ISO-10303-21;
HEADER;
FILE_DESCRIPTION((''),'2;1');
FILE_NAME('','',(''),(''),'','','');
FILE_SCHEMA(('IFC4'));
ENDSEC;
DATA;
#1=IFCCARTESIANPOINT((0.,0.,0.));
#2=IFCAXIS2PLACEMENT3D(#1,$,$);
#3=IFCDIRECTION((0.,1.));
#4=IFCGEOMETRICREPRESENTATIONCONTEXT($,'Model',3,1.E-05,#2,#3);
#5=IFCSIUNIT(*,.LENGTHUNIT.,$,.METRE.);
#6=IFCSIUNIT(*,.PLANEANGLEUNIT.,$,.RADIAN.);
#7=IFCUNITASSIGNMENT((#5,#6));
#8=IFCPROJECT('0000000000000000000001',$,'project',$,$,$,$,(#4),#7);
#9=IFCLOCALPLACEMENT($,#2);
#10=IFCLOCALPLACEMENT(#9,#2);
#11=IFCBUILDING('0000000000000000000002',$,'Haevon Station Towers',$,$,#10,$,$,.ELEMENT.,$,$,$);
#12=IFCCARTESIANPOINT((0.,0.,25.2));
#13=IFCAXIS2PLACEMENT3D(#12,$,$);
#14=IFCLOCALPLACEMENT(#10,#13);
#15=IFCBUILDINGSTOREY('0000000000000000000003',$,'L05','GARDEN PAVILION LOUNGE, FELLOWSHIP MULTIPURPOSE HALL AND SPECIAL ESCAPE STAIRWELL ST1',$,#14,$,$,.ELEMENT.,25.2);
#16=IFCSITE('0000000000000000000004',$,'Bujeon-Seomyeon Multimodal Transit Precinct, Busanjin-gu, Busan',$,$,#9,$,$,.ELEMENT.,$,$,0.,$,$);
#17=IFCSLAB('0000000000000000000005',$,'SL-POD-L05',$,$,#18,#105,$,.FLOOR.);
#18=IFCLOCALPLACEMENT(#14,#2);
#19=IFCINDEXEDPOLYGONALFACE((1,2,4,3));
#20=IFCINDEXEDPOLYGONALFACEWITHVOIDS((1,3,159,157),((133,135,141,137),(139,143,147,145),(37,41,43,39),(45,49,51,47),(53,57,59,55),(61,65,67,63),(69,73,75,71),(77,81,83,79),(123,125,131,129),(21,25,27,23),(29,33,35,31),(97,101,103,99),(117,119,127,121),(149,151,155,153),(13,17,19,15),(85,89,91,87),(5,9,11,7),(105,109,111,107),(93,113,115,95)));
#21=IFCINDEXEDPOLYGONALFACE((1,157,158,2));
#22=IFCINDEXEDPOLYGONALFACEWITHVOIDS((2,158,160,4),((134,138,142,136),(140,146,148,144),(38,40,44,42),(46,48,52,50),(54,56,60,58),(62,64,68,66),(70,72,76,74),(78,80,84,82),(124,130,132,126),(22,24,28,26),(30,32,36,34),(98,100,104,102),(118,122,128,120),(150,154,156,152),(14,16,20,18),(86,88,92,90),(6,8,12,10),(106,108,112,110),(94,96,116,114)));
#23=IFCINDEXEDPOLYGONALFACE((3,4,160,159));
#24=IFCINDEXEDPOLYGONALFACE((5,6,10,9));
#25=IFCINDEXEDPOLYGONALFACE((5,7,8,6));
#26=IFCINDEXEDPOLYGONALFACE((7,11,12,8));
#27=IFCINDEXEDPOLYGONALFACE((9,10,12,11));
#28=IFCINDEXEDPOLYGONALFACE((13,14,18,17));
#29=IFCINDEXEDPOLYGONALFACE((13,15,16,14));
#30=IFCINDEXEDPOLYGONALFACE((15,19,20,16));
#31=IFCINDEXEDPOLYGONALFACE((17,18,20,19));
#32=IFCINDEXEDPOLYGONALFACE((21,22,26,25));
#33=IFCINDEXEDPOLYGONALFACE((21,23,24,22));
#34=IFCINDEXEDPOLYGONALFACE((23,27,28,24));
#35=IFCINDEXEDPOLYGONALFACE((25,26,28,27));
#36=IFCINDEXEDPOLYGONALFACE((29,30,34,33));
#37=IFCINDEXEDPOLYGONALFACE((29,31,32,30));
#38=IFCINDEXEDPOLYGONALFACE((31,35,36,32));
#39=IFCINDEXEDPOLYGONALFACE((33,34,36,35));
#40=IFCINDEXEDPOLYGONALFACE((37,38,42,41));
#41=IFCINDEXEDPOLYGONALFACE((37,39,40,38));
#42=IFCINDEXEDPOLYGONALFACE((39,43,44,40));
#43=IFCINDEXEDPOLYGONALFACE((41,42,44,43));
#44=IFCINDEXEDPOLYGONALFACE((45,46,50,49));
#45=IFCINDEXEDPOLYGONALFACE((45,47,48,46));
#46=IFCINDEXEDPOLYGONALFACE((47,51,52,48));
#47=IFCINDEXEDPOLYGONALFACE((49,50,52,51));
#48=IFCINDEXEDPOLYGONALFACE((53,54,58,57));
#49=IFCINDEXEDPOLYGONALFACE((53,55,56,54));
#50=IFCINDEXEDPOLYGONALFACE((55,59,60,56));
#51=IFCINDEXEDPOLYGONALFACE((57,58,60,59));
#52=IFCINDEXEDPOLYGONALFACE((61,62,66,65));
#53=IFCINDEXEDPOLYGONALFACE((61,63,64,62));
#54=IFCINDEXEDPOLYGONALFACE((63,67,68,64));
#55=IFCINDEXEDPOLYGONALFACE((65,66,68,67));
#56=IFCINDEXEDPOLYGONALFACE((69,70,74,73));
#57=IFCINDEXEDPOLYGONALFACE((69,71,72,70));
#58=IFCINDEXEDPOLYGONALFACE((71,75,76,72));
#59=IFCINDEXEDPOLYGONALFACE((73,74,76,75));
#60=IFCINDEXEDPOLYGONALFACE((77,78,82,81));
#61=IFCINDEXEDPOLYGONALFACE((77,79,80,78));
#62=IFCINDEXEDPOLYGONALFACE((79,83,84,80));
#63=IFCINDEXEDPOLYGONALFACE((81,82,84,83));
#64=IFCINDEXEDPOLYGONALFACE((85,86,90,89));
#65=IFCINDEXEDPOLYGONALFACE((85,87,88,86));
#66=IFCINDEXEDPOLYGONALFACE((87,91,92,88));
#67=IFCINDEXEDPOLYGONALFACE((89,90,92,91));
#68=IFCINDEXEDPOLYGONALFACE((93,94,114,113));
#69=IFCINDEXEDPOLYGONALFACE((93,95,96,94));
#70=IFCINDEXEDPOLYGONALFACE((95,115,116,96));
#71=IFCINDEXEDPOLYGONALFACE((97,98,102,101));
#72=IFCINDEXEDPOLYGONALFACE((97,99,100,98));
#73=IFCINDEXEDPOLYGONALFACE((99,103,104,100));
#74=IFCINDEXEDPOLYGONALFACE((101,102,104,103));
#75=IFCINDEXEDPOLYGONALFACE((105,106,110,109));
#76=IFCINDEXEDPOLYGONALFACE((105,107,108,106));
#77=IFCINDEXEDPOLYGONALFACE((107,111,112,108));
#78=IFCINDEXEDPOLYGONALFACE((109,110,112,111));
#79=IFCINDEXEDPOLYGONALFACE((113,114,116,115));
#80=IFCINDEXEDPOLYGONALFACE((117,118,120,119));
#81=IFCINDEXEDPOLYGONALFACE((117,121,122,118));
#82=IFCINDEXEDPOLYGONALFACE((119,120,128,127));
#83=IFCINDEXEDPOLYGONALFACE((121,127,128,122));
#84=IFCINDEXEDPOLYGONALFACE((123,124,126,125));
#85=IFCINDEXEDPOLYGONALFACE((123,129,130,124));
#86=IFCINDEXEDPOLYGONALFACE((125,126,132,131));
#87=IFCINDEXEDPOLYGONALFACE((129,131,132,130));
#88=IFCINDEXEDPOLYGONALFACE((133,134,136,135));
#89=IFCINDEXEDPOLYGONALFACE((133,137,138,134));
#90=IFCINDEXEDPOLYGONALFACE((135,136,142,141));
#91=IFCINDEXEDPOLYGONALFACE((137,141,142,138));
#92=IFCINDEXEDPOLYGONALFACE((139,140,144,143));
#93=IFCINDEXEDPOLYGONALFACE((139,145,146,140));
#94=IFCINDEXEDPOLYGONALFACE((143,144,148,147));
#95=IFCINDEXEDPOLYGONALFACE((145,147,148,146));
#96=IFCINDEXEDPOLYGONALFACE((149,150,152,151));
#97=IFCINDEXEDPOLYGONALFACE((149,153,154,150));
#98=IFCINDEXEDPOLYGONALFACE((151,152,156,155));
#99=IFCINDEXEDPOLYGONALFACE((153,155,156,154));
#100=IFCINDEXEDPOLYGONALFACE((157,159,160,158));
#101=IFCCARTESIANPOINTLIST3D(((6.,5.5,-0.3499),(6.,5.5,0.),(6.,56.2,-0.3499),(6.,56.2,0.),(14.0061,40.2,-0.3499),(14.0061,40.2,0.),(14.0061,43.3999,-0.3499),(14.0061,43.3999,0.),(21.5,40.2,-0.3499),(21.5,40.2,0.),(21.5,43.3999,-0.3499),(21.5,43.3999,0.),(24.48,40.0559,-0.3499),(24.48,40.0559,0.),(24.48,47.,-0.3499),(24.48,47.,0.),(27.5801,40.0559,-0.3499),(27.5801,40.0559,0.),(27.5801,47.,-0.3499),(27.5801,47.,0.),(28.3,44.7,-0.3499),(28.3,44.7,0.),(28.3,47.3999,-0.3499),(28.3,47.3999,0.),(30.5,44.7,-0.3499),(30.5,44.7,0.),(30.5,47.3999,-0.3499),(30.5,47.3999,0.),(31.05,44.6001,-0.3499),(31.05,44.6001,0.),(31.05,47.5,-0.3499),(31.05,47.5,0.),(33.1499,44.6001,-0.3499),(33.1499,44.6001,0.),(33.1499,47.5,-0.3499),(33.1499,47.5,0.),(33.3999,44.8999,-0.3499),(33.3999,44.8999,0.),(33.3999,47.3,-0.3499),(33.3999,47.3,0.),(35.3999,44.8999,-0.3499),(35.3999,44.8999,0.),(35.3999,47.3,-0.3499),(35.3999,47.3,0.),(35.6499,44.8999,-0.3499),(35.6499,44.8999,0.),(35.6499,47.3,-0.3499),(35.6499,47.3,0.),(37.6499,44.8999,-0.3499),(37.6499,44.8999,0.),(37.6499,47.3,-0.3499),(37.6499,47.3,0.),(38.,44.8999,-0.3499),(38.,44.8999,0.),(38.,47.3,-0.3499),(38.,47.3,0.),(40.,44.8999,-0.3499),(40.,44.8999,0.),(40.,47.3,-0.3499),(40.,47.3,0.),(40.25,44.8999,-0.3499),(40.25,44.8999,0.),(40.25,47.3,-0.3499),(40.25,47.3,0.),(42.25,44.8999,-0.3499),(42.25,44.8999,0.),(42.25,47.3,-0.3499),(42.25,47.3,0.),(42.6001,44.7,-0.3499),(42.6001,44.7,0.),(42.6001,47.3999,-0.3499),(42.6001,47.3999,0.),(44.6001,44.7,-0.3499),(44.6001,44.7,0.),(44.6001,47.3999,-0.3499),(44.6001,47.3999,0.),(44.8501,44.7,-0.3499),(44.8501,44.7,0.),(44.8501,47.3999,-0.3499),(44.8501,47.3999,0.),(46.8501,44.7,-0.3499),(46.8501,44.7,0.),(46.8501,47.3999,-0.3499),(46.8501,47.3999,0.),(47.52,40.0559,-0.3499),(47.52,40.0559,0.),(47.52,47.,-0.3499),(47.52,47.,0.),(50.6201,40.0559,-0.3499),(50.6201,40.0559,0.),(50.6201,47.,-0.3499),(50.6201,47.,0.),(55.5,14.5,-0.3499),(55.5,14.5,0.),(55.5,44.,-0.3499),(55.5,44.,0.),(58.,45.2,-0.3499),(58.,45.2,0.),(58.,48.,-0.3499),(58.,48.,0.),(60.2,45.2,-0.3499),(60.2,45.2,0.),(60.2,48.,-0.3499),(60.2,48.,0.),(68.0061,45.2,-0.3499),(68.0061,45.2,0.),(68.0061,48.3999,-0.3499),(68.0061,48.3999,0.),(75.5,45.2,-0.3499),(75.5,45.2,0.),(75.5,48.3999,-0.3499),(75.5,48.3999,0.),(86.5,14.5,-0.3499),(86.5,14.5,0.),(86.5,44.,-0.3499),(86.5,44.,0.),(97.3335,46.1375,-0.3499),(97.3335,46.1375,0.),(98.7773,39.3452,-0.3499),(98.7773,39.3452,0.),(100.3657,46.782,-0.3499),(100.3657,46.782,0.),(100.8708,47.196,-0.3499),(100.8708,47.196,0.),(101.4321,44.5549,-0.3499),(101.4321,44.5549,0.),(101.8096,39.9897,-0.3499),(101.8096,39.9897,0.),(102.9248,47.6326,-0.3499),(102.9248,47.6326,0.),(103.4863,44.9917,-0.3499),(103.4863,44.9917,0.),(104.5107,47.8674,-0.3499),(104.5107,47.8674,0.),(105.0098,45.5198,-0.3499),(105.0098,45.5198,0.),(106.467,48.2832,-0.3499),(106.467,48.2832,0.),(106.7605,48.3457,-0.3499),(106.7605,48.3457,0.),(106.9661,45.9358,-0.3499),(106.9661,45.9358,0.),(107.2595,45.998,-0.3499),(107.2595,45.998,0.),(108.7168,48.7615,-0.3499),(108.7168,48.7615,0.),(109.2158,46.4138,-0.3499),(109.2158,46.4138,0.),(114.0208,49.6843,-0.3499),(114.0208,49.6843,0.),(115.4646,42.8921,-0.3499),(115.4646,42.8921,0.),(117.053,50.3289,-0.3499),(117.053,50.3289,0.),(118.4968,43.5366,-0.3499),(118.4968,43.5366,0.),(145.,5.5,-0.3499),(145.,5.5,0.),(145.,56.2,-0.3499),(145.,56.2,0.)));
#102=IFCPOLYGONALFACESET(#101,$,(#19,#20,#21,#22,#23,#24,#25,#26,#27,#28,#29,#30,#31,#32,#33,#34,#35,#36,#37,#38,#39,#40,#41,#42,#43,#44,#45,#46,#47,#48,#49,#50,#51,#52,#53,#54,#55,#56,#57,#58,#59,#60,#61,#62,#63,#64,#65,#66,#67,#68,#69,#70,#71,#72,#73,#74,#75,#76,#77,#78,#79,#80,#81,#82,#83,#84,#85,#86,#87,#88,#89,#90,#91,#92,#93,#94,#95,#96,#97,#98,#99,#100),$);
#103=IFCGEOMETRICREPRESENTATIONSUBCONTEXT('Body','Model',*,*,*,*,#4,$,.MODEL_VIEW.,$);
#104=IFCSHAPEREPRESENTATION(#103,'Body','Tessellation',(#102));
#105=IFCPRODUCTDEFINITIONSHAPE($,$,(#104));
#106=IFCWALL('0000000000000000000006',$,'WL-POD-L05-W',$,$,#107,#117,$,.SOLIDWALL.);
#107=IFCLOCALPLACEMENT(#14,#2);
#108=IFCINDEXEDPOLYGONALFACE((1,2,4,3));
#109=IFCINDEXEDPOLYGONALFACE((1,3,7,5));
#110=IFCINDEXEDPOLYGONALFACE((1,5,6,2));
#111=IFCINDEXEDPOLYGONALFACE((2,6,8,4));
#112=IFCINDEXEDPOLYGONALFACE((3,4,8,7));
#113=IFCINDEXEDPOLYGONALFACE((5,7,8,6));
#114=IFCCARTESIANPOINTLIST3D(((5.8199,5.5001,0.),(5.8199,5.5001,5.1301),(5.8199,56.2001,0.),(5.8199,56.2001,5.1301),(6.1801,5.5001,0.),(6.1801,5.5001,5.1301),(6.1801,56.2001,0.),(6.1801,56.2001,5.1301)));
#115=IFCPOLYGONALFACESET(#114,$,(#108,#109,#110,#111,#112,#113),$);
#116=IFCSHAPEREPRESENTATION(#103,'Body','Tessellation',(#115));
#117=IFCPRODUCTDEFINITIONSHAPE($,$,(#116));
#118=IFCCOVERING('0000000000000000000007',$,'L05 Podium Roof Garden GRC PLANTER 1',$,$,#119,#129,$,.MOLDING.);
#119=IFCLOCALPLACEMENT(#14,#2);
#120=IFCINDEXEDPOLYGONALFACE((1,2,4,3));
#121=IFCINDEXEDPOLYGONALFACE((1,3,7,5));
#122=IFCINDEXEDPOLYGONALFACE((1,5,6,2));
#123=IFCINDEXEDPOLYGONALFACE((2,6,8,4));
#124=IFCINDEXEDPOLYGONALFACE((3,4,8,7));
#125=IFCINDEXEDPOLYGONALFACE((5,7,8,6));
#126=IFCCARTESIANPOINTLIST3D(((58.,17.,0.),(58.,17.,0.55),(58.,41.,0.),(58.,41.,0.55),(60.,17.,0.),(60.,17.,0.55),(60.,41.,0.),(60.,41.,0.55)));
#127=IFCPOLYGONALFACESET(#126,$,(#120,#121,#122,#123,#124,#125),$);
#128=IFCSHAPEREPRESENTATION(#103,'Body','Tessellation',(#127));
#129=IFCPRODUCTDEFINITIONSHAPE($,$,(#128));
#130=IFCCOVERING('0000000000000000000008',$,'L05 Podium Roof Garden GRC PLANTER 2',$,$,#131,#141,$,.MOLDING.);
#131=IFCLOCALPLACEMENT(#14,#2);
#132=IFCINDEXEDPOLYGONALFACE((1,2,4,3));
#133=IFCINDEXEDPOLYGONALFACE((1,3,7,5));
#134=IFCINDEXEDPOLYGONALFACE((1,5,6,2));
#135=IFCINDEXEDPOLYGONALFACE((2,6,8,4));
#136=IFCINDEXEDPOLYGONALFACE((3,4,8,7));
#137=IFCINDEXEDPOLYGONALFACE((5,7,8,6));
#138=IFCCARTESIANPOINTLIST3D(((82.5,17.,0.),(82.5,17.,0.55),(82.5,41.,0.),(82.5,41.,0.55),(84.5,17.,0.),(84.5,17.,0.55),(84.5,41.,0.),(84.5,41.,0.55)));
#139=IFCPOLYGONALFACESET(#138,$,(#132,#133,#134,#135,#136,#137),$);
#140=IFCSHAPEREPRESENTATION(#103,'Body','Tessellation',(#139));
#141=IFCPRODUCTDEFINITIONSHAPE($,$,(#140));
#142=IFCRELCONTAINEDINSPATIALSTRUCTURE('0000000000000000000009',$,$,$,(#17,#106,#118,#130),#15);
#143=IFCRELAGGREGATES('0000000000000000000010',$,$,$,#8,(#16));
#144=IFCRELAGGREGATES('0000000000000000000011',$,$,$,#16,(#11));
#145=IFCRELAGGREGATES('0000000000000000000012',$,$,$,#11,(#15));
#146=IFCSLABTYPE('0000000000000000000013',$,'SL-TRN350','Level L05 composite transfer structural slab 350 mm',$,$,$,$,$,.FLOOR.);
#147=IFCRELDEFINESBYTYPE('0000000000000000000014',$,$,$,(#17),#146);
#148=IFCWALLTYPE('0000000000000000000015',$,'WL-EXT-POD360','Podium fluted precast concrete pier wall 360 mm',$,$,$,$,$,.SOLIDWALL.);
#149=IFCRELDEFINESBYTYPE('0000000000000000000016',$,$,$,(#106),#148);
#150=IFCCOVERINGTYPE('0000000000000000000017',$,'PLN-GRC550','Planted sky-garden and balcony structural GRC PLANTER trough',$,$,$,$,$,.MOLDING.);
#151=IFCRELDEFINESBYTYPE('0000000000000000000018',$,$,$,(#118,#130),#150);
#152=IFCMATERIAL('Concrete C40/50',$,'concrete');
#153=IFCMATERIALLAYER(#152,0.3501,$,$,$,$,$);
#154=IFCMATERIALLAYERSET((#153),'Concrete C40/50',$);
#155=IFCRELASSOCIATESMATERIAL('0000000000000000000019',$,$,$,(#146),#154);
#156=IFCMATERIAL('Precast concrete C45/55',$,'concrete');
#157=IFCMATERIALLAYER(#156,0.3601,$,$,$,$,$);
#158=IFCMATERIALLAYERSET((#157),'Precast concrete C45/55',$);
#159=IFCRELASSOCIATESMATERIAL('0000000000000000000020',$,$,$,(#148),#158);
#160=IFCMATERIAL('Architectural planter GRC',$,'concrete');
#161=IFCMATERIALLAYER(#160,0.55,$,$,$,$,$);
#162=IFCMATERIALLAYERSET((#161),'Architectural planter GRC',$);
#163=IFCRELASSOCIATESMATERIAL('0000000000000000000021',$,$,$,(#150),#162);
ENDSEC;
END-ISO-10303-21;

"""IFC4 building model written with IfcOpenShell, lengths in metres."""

from ifc_helpers import new_model, si_unit, direction, frame, frame_2d, origin, place, context, subcontext, project, spatial, polyline, rectangle, outline, extrude, material, layer, layer_set, type_object, element, save


model = new_model("IFC4")

# Units and contexts
model_context = context("Model", 3, precision=1e-05, world=origin(), true_north=direction((0.0, 1.0)))
body_context = subcontext(model_context, "Body", "Model", "MODEL_VIEW")
ifc_project = project(units=[si_unit("LENGTHUNIT", "METRE"), si_unit("PLANEANGLEUNIT", "RADIAN")], contexts=[model_context])

# Site, building, storey
site_placement = place(None, origin())
site = spatial("IfcSite", under=ifc_project, at=site_placement, Name="Bujeon-Seomyeon Multimodal Transit Precinct, Busanjin-gu, Busan", CompositionType="ELEMENT", RefElevation=0.0)
building_placement = place(site_placement, origin())
building = spatial("IfcBuilding", under=site, at=building_placement, Name="Haevon Station Towers", CompositionType="ELEMENT")
storey_placement = place(building_placement, frame((0.0, 0.0, 25.2)))
storey = spatial("IfcBuildingStorey", under=building, at=storey_placement, Name="L05", Description="GARDEN PAVILION LOUNGE, FELLOWSHIP MULTIPURPOSE HALL AND SPECIAL ESCAPE STAIRWELL ST1", CompositionType="ELEMENT", Elevation=25.2)

# Shared definitions
ifc_material_1 = material(Name="Concrete C40/50", Category="concrete")

# Slab
ifc_layer_1 = layer(ifc_material_1, 0.3501)
ifc_layer_set_1 = layer_set([ifc_layer_1], Name="Concrete C40/50")
slab_type_1 = type_object("IfcSlabType", Name="SL-TRN350", Description="Level L05 composite transfer structural slab 350 mm", PredefinedType="FLOOR", material=ifc_layer_set_1)
slab_1_placement = place(storey_placement, frame((0.0, 0.0, -0.3499)))
element("IfcSlab", 1, at=slab_1_placement, inside=storey, type_object=slab_type_1, Name="SL-POD-L05", PredefinedType="FLOOR", context=body_context, shape_type="SweptSolid", body=[
    extrude(outline(polyline([(6.0, 5.5), (145.0, 5.5), (145.0, 56.2), (6.0, 56.2), (6.0, 5.5)]), holes=[polyline([(55.5, 14.5), (86.5, 14.5), (86.5, 44.0), (55.5, 44.0), (55.5, 14.5)]), polyline([(27.5801, 40.0559), (27.5801, 47.0), (24.48, 47.0), (24.48, 40.0559), (27.5801, 40.0559)]), polyline([(50.6201, 40.0559), (50.6201, 47.0), (47.52, 47.0), (47.52, 40.0559), (50.6201, 40.0559)]), polyline([(101.8096, 39.9897), (100.3657, 46.782), (97.3335, 46.1375), (98.7773, 39.3452), (101.8096, 39.9897)]), polyline([(118.4968, 43.5366), (117.053, 50.3289), (114.0208, 49.6843), (115.4646, 42.8921), (118.4968, 43.5366)]), polyline([(14.0061, 40.2), (21.5, 40.2), (21.5, 43.3999), (14.0061, 43.3999), (14.0061, 40.2)]), polyline([(68.0061, 45.2), (75.5, 45.2), (75.5, 48.3999), (68.0061, 48.3999), (68.0061, 45.2)]), polyline([(28.3, 44.7), (30.5, 44.7), (30.5, 47.3999), (28.3, 47.3999), (28.3, 44.7)]), polyline([(101.4321, 44.5549), (103.4863, 44.9917), (102.9248, 47.6326), (100.8708, 47.196), (101.4321, 44.5549)]), polyline([(31.05, 44.6001), (33.1499, 44.6001), (33.1499, 47.5), (31.05, 47.5), (31.05, 44.6001)]), polyline([(33.3999, 44.8999), (35.3999, 44.8999), (35.3999, 47.3), (33.3999, 47.3), (33.3999, 44.8999)]), polyline([(35.6499, 44.8999), (37.6499, 44.8999), (37.6499, 47.3), (35.6499, 47.3), (35.6499, 44.8999)]), polyline([(38.0, 44.8999), (40.0, 44.8999), (40.0, 47.3), (38.0, 47.3), (38.0, 44.8999)]), polyline([(40.25, 44.8999), (42.25, 44.8999), (42.25, 47.3), (40.25, 47.3), (40.25, 44.8999)]), polyline([(42.6001, 44.7), (44.6001, 44.7), (44.6001, 47.3999), (42.6001, 47.3999), (42.6001, 44.7)]), polyline([(44.8501, 44.7), (46.8501, 44.7), (46.8501, 47.3999), (44.8501, 47.3999), (44.8501, 44.7)]), polyline([(105.0098, 45.5198), (106.9661, 45.9358), (106.467, 48.2832), (104.5107, 47.8674), (105.0098, 45.5198)]), polyline([(107.2595, 45.998), (109.2158, 46.4138), (108.7168, 48.7615), (106.7605, 48.3457), (107.2595, 45.998)]), polyline([(58.0, 45.2), (60.2, 45.2), (60.2, 48.0), (58.0, 48.0), (58.0, 45.2)])]), origin(), (0.0, 0.0, 1.0), 0.3499),
])

# Wall
ifc_material_2 = material(Name="Precast concrete C45/55", Category="concrete")
ifc_layer_2 = layer(ifc_material_2, 0.3601)
ifc_layer_set_2 = layer_set([ifc_layer_2], Name="Precast concrete C45/55")
wall_type = type_object("IfcWallType", Name="WL-EXT-POD360", Description="Podium fluted precast concrete pier wall 360 mm", PredefinedType="SOLIDWALL", material=ifc_layer_set_2)
wall_placement = place(storey_placement, frame((6.0, 5.5, 0.0), z_axis=(0.0, 0.0, 1.0), x_axis=(0.0, 1.0, 0.0)))
element("IfcWall", 2, at=wall_placement, inside=storey, type_object=wall_type, Name="WL-POD-L05-W", PredefinedType="SOLIDWALL", context=body_context, shape_type="SweptSolid", body=[
    extrude(rectangle(XDim=50.7, YDim=0.3601, at=frame_2d((25.3501, 0.0))), origin(), (0.0, 0.0, 1.0), 5.1301),
])

# Coverings
ifc_material_3 = material(Name="Architectural planter GRC", Category="concrete")
ifc_layer_3 = layer(ifc_material_3, 0.55)
ifc_layer_set_3 = layer_set([ifc_layer_3], Name="Architectural planter GRC")
covering_type = type_object("IfcCoveringType", Name="PLN-GRC550", Description="Planted sky-garden and balcony structural GRC PLANTER trough", PredefinedType="MOLDING", material=ifc_layer_set_3)
covering_1_placement = place(storey_placement, origin())
element("IfcCovering", 3, at=covering_1_placement, inside=storey, type_object=covering_type, Name="L05 Podium Roof Garden GRC PLANTER 1", PredefinedType="MOLDING", context=body_context, shape_type="SweptSolid", body=[
    extrude(outline(polyline([(58.0, 17.0), (60.0, 17.0), (60.0, 41.0), (58.0, 41.0), (58.0, 17.0)])), origin(), (0.0, 0.0, 1.0), 0.55),
])
covering_2_placement = place(storey_placement, origin())
element("IfcCovering", 4, at=covering_2_placement, inside=storey, type_object=covering_type, Name="L05 Podium Roof Garden GRC PLANTER 2", PredefinedType="MOLDING", context=body_context, shape_type="SweptSolid", body=[
    extrude(outline(polyline([(82.5, 17.0), (84.5, 17.0), (84.5, 41.0), (82.5, 41.0), (82.5, 17.0)])), origin(), (0.0, 0.0, 1.0), 0.55),
])

save(model, "model.ifc")
